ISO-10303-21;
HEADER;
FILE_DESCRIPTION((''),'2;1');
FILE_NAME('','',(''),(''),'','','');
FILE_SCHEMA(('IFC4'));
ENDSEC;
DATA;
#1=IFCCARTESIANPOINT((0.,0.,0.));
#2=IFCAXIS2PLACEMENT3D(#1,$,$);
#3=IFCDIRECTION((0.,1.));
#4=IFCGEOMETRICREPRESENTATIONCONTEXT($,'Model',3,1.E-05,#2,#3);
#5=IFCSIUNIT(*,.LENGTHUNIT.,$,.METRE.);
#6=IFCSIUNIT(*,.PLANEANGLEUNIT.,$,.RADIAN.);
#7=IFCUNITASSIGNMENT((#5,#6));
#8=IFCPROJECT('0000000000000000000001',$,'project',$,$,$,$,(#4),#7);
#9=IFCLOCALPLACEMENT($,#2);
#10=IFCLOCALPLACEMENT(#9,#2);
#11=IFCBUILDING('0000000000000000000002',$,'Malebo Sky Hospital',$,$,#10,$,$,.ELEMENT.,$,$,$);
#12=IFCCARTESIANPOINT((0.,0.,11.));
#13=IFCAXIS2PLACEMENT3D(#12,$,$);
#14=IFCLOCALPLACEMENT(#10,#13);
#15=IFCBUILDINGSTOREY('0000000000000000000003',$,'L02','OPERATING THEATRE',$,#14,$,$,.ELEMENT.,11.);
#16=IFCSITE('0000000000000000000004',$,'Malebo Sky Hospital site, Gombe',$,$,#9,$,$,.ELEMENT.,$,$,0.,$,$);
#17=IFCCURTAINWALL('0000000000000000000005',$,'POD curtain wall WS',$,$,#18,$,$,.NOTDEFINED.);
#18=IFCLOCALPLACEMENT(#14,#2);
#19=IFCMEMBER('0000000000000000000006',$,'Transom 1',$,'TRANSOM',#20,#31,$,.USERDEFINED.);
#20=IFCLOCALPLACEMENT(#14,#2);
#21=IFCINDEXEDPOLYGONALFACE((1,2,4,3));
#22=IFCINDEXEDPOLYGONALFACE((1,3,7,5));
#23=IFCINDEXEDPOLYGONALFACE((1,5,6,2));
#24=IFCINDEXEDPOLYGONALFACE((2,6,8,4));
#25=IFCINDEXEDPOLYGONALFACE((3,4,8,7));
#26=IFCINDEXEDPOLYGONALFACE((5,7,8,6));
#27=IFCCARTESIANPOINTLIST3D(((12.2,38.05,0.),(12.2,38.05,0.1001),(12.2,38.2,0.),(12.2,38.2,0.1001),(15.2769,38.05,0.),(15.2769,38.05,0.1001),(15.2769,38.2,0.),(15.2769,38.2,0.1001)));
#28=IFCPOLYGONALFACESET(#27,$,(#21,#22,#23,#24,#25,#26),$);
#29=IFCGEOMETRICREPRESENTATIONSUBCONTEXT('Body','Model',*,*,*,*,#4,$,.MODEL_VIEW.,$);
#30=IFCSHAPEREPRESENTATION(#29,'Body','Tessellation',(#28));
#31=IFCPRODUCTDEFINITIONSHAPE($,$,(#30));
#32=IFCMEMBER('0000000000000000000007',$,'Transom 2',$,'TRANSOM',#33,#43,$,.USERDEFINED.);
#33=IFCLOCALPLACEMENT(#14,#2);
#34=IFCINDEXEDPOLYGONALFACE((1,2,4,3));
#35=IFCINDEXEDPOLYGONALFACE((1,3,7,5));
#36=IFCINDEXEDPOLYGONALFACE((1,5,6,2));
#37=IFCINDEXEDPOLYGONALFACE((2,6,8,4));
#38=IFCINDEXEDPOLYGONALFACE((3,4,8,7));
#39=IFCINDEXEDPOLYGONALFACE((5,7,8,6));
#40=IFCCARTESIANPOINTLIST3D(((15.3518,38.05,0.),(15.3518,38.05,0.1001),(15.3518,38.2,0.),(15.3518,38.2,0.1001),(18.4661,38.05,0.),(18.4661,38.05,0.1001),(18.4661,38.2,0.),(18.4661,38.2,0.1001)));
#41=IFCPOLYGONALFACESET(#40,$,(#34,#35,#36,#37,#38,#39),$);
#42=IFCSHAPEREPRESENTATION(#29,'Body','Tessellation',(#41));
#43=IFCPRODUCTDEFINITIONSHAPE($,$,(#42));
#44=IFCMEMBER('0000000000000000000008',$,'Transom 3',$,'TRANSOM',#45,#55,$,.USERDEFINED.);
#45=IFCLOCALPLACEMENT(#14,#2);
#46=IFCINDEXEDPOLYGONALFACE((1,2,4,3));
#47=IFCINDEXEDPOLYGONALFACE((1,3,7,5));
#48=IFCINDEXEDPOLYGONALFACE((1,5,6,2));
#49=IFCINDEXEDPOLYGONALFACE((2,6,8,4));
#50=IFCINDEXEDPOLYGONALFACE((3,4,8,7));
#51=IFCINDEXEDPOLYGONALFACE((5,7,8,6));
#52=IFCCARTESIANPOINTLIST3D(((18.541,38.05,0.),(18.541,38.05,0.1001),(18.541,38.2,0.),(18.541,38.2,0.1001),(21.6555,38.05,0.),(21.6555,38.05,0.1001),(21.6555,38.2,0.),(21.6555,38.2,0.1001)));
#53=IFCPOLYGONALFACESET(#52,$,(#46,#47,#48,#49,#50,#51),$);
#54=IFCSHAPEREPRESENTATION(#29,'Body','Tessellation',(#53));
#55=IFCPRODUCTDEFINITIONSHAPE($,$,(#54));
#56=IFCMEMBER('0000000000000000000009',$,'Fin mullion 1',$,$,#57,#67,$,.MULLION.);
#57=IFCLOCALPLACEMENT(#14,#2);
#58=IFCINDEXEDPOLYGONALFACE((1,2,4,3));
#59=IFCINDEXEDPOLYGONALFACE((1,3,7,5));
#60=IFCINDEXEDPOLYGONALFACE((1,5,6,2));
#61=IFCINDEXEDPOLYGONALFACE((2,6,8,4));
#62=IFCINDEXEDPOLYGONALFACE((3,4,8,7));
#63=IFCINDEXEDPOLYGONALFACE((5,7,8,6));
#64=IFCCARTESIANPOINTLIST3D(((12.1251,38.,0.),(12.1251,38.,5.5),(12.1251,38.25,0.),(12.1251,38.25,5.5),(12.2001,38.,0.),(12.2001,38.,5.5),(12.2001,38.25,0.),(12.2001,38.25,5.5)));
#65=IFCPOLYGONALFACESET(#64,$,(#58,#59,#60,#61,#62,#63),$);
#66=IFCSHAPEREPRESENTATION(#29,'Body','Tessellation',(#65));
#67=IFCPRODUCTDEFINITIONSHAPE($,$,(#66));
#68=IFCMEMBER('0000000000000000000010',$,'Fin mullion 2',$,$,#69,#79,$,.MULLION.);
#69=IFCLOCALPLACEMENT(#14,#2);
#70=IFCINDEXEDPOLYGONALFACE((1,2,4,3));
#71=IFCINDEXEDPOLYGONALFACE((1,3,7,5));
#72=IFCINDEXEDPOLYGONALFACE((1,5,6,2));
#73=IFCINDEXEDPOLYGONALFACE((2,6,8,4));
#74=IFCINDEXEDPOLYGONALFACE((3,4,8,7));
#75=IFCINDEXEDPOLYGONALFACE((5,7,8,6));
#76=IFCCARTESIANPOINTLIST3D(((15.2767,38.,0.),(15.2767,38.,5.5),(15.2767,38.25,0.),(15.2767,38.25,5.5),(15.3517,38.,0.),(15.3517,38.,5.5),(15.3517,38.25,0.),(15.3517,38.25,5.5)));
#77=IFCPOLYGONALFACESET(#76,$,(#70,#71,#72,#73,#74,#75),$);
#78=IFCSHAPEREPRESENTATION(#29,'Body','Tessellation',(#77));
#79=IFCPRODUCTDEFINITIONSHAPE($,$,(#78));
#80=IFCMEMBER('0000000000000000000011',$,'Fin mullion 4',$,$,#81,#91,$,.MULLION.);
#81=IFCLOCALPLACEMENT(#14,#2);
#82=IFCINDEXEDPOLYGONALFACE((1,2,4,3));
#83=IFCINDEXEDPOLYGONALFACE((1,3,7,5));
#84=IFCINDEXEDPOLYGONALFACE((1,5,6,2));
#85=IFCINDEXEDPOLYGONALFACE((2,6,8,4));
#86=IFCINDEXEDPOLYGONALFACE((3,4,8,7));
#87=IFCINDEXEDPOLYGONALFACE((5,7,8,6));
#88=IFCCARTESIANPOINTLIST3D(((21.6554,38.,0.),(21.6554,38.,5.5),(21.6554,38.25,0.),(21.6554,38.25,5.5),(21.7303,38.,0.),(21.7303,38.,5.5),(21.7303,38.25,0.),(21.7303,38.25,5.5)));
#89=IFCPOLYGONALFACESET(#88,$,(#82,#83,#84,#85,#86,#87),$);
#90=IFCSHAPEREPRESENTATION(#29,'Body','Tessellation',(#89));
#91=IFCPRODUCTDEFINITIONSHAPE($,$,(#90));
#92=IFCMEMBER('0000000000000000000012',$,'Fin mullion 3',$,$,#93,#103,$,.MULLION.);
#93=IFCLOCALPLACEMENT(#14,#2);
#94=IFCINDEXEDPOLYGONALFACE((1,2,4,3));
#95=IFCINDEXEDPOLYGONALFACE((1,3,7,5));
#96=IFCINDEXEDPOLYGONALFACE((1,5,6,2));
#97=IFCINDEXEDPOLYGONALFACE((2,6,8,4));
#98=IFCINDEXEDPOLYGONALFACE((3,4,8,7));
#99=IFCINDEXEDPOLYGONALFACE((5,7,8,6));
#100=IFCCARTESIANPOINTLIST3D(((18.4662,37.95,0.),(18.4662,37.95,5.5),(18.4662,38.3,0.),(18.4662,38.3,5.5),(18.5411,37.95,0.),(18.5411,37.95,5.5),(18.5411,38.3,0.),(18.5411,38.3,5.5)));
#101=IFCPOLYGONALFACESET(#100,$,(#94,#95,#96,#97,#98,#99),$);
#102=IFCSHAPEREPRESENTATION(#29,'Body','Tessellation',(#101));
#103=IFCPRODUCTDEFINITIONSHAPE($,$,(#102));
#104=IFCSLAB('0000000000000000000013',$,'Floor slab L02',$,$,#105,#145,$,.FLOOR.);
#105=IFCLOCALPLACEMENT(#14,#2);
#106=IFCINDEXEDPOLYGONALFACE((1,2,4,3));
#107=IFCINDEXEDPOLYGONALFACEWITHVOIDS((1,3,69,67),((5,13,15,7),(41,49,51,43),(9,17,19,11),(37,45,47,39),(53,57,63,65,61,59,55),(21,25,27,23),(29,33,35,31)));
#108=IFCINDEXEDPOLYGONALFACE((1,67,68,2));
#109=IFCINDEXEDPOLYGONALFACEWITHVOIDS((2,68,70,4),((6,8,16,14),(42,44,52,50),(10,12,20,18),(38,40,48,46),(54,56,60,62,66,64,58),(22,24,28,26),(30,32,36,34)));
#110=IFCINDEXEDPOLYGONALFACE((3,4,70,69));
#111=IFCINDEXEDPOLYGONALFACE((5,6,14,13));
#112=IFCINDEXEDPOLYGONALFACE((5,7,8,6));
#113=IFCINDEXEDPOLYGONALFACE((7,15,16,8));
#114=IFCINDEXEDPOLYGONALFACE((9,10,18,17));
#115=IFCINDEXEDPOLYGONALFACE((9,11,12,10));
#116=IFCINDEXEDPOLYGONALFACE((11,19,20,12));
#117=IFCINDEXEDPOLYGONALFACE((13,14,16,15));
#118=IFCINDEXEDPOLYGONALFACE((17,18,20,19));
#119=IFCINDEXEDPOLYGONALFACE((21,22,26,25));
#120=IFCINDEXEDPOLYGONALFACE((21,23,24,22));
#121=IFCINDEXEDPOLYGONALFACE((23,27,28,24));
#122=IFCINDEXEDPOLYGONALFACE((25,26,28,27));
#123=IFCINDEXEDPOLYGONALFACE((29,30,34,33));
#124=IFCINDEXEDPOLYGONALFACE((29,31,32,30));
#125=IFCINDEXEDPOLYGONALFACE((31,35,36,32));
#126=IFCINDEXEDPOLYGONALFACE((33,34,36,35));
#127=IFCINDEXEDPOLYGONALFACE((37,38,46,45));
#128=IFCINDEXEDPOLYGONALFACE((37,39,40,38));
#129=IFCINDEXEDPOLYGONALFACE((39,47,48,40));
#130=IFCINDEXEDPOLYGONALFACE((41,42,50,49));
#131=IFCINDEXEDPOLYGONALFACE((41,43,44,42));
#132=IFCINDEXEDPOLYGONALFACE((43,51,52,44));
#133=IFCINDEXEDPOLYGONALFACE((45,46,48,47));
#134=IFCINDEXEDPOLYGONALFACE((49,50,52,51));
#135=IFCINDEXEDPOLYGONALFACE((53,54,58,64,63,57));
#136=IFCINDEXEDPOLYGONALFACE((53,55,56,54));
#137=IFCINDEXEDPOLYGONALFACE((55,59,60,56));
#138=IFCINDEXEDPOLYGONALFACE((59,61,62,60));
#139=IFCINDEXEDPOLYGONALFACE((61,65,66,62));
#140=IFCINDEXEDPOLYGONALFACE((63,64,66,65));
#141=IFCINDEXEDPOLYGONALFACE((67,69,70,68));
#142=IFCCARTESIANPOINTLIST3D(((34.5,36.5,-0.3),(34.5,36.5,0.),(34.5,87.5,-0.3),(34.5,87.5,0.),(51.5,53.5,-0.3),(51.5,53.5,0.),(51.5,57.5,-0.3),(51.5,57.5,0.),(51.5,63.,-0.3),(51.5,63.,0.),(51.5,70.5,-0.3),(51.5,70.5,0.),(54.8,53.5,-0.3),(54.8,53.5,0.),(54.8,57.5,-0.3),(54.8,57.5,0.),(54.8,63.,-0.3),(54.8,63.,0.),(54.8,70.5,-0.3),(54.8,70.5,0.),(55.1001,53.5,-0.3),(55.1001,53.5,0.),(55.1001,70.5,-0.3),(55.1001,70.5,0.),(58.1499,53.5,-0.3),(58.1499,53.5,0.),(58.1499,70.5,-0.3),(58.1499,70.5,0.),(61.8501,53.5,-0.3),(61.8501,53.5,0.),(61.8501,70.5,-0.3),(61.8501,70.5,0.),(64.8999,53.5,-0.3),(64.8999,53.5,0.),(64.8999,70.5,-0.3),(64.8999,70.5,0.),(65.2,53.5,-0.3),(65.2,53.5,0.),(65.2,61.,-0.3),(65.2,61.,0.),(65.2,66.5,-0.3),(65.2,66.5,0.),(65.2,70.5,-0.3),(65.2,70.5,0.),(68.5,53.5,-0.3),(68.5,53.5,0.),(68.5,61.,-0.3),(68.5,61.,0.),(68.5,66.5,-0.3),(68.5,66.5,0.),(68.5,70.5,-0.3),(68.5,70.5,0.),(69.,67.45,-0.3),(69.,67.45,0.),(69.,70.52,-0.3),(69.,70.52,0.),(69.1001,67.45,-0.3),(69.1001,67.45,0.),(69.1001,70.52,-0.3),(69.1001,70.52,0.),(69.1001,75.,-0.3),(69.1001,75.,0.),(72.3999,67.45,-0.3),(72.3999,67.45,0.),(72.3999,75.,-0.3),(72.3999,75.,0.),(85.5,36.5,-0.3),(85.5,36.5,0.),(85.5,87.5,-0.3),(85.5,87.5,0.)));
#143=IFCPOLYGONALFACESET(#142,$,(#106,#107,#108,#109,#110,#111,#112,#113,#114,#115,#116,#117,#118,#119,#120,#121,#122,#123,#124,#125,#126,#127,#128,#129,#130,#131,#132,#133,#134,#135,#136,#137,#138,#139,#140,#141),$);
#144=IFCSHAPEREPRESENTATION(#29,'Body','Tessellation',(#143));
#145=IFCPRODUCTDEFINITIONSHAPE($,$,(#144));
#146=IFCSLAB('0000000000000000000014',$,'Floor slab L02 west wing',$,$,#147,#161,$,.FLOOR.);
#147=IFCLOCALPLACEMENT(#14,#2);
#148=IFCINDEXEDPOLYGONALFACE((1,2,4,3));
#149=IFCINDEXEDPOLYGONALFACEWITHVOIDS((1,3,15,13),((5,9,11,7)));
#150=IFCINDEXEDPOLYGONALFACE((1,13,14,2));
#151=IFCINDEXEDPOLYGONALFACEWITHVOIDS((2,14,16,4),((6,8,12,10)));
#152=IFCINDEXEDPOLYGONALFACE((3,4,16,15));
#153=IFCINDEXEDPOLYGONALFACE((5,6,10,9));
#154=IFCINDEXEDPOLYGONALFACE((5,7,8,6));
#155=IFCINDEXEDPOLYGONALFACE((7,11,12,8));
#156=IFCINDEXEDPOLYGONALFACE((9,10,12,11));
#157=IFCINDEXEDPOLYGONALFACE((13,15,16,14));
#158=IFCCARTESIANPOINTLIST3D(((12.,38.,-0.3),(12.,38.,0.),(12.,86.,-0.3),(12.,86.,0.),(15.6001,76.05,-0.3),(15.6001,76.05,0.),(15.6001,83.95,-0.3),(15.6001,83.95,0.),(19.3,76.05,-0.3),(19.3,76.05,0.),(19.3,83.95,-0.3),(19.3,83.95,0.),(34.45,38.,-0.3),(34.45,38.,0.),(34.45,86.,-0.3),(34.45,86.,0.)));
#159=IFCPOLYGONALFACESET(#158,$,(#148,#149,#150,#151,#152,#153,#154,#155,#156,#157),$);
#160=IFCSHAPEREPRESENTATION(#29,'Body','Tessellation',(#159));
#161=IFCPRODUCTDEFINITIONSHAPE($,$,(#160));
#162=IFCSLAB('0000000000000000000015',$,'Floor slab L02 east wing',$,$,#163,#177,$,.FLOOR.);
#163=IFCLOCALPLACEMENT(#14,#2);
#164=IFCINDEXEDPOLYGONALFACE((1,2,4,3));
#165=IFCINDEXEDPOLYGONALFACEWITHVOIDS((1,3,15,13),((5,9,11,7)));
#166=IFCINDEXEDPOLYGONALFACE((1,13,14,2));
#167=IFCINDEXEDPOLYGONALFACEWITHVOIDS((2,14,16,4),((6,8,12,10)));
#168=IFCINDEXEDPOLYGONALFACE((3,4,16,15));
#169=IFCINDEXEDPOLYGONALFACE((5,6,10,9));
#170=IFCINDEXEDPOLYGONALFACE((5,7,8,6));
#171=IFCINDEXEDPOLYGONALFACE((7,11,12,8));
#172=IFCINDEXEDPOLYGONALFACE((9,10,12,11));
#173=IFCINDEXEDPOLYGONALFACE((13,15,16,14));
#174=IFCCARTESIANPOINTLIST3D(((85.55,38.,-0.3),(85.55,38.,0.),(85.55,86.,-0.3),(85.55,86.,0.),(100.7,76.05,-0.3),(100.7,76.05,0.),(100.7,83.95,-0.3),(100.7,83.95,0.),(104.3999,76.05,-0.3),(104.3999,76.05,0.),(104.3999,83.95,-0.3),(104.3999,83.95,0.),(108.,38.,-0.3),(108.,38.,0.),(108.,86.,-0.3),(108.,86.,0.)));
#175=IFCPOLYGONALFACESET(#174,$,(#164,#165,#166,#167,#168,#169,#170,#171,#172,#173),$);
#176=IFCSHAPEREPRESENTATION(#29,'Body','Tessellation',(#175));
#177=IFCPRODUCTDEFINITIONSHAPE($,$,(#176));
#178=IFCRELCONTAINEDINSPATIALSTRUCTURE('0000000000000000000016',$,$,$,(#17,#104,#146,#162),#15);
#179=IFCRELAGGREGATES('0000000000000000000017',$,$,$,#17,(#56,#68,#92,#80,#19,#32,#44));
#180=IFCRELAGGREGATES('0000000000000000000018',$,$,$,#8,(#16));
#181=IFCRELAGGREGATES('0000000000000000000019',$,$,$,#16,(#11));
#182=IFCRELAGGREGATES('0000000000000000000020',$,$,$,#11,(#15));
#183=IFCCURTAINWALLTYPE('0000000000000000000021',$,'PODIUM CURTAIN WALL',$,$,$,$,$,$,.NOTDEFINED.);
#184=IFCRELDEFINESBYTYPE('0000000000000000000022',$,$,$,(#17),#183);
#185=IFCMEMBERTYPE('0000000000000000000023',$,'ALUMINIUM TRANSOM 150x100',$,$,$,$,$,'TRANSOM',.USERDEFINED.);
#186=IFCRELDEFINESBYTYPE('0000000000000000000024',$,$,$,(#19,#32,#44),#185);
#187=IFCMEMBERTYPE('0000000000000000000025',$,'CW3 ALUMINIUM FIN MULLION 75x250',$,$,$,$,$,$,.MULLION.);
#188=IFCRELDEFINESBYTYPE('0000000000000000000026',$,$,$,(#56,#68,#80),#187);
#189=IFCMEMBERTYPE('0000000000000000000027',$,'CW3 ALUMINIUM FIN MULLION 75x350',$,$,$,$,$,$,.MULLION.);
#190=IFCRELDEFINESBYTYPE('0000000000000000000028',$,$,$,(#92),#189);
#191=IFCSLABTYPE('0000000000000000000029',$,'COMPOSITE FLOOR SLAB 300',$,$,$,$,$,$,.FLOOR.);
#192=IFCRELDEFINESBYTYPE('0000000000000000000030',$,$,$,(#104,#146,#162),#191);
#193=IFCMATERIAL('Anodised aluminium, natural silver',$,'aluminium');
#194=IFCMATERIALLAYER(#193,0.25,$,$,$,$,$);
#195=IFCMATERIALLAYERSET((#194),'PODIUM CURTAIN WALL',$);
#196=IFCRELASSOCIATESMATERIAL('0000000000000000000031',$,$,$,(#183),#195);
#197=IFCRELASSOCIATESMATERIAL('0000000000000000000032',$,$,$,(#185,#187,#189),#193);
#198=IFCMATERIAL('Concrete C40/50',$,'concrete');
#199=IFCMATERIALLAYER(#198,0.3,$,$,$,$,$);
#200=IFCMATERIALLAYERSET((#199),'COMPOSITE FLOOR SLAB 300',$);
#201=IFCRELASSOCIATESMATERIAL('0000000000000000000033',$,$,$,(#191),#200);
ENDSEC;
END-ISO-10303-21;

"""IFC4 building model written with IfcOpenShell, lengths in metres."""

from ifc_helpers import new_model, si_unit, direction, frame, origin, origin_2d, place, context, subcontext, project, spatial, polyline, rectangle, outline, extrude, material, layer, layer_set, material_profile, profile_set, type_object, element, aggregate, save


model = new_model("IFC4")

# Units and contexts
model_context = context("Model", 3, precision=1e-05, world=origin(), true_north=direction((0.0, 1.0)))
body_context = subcontext(model_context, "Body", "Model", "MODEL_VIEW")
ifc_project = project(units=[si_unit("LENGTHUNIT", "METRE"), si_unit("PLANEANGLEUNIT", "RADIAN")], contexts=[model_context])

# Site, building, storey
site_placement = place(None, origin())
site = spatial("IfcSite", under=ifc_project, at=site_placement, Name="Malebo Sky Hospital site, Gombe", CompositionType="ELEMENT", RefElevation=0.0)
building_placement = place(site_placement, origin())
building = spatial("IfcBuilding", under=site, at=building_placement, Name="Malebo Sky Hospital", CompositionType="ELEMENT")
storey_placement = place(building_placement, frame((0.0, 0.0, 11.0)))
storey = spatial("IfcBuildingStorey", under=building, at=storey_placement, Name="L02", Description="OPERATING THEATRE", CompositionType="ELEMENT", Elevation=11.0)

# Curtain wall, members
ifc_material_1 = material(Name="Anodised aluminium, natural silver", Category="aluminium")
ifc_layer_1 = layer(ifc_material_1, 0.25)
ifc_layer_set_1 = layer_set([ifc_layer_1], Name="PODIUM CURTAIN WALL")
curtain_wall_type = type_object("IfcCurtainWallType", Name="PODIUM CURTAIN WALL", PredefinedType="NOTDEFINED", material=ifc_layer_set_1)
curtain_wall_placement = place(storey_placement, origin())
curtain_wall = element("IfcCurtainWall", 1, at=curtain_wall_placement, inside=storey, type_object=curtain_wall_type, Name="POD curtain wall WS", PredefinedType="NOTDEFINED")
ifc_material_profile_1 = material_profile(ifc_material_1, rectangle(XDim=0.1499, YDim=0.1001, at=origin_2d()), Name="ALUMINIUM TRANSOM 150x100")
ifc_profile_set_1 = profile_set([ifc_material_profile_1], Name="Anodised aluminium, natural silver")
member_type_1 = type_object("IfcMemberType", Name="ALUMINIUM TRANSOM 150x100", ElementType="TRANSOM", PredefinedType="USERDEFINED", material=ifc_profile_set_1)
member_1_placement = place(storey_placement, frame((12.2, 38.125, 0.05), z_axis=(1.0, 0.0, 0.0), x_axis=(0.0, 1.0, 0.0)))
member_1 = element("IfcMember", 2, at=member_1_placement, type_object=member_type_1, Name="Transom 1", ObjectType="TRANSOM", PredefinedType="USERDEFINED", context=body_context, shape_type="SweptSolid", body=[
    extrude(rectangle(XDim=0.1499, YDim=0.1001, at=origin_2d()), origin(), (0.0, 0.0, 1.0), 3.0769),
])
member_2_placement = place(storey_placement, frame((15.3518, 38.125, 0.05), z_axis=(1.0, 0.0, 0.0), x_axis=(0.0, 1.0, 0.0)))
member_2 = element("IfcMember", 3, at=member_2_placement, type_object=member_type_1, Name="Transom 2", ObjectType="TRANSOM", PredefinedType="USERDEFINED", context=body_context, shape_type="SweptSolid", body=[
    extrude(rectangle(XDim=0.1499, YDim=0.1001, at=origin_2d()), origin(), (0.0, 0.0, 1.0), 3.1143),
])
member_3_placement = place(storey_placement, frame((18.541, 38.125, 0.05), z_axis=(1.0, 0.0, 0.0), x_axis=(0.0, 1.0, 0.0)))
member_3 = element("IfcMember", 4, at=member_3_placement, type_object=member_type_1, Name="Transom 3", ObjectType="TRANSOM", PredefinedType="USERDEFINED", context=body_context, shape_type="SweptSolid", body=[
    extrude(rectangle(XDim=0.1499, YDim=0.1001, at=origin_2d()), origin(), (0.0, 0.0, 1.0), 3.1145),
])
ifc_material_profile_2 = material_profile(ifc_material_1, rectangle(XDim=0.075, YDim=0.25, at=origin_2d()), Name="CW3 ALUMINIUM FIN MULLION 75x250")
ifc_profile_set_2 = profile_set([ifc_material_profile_2], Name="Anodised aluminium, natural silver")
member_type_2 = type_object("IfcMemberType", Name="CW3 ALUMINIUM FIN MULLION 75x250", PredefinedType="MULLION", material=ifc_profile_set_2)
member_4_placement = place(storey_placement, frame((12.1626, 38.125, 0.0), z_axis=(0.0, 0.0, 1.0), x_axis=(1.0, 0.0, 0.0)))
member_4 = element("IfcMember", 5, at=member_4_placement, type_object=member_type_2, Name="Fin mullion 1", PredefinedType="MULLION", context=body_context, shape_type="SweptSolid", body=[
    extrude(rectangle(XDim=0.075, YDim=0.25, at=origin_2d()), origin(), (0.0, 0.0, 1.0), 5.5),
])
member_5_placement = place(storey_placement, frame((15.3142, 38.125, 0.0), z_axis=(0.0, 0.0, 1.0), x_axis=(1.0, 0.0, 0.0)))
member_5 = element("IfcMember", 6, at=member_5_placement, type_object=member_type_2, Name="Fin mullion 2", PredefinedType="MULLION", context=body_context, shape_type="SweptSolid", body=[
    extrude(rectangle(XDim=0.075, YDim=0.25, at=origin_2d()), origin(), (0.0, 0.0, 1.0), 5.5),
])
member_6_placement = place(storey_placement, frame((21.6929, 38.125, 0.0), z_axis=(0.0, 0.0, 1.0), x_axis=(1.0, 0.0, 0.0)))
member_6 = element("IfcMember", 7, at=member_6_placement, type_object=member_type_2, Name="Fin mullion 4", PredefinedType="MULLION", context=body_context, shape_type="SweptSolid", body=[
    extrude(rectangle(XDim=0.075, YDim=0.25, at=origin_2d()), origin(), (0.0, 0.0, 1.0), 5.5),
])
ifc_material_profile_3 = material_profile(ifc_material_1, rectangle(XDim=0.075, YDim=0.3501, at=origin_2d()), Name="CW3 ALUMINIUM FIN MULLION 75x350")
ifc_profile_set_3 = profile_set([ifc_material_profile_3], Name="Anodised aluminium, natural silver")
member_type_3 = type_object("IfcMemberType", Name="CW3 ALUMINIUM FIN MULLION 75x350", PredefinedType="MULLION", material=ifc_profile_set_3)
member_7_placement = place(storey_placement, frame((18.5037, 38.125, 0.0), z_axis=(0.0, 0.0, 1.0), x_axis=(1.0, 0.0, 0.0)))
member_7 = element("IfcMember", 8, at=member_7_placement, type_object=member_type_3, Name="Fin mullion 3", PredefinedType="MULLION", context=body_context, shape_type="SweptSolid", body=[
    extrude(rectangle(XDim=0.075, YDim=0.3501, at=origin_2d()), origin(), (0.0, 0.0, 1.0), 5.5),
])

# Slabs
ifc_material_2 = material(Name="Concrete C40/50", Category="concrete")
ifc_layer_2 = layer(ifc_material_2, 0.3)
ifc_layer_set_2 = layer_set([ifc_layer_2], Name="COMPOSITE FLOOR SLAB 300")
slab_type_1 = type_object("IfcSlabType", Name="COMPOSITE FLOOR SLAB 300", PredefinedType="FLOOR", material=ifc_layer_set_2)
slab_1_placement = place(storey_placement, frame((0.0, 0.0, -0.3)))
element("IfcSlab", 9, at=slab_1_placement, inside=storey, type_object=slab_type_1, Name="Floor slab L02", PredefinedType="FLOOR", context=body_context, shape_type="SweptSolid", body=[
    extrude(outline(polyline([(34.5, 87.5), (34.5, 36.5), (85.5, 36.5), (85.5, 87.5), (34.5, 87.5)]), holes=[polyline([(55.1001, 70.5), (58.1499, 70.5), (58.1499, 53.5), (55.1001, 53.5), (55.1001, 70.5)]), polyline([(64.8999, 70.5), (64.8999, 53.5), (61.8501, 53.5), (61.8501, 70.5), (64.8999, 70.5)]), polyline([(54.8, 63.0), (51.5, 63.0), (51.5, 70.5), (54.8, 70.5), (54.8, 63.0)]), polyline([(51.5, 53.5), (51.5, 57.5), (54.8, 57.5), (54.8, 53.5), (51.5, 53.5)]), polyline([(65.2, 61.0), (68.5, 61.0), (68.5, 53.5), (65.2, 53.5), (65.2, 61.0)]), polyline([(68.5, 70.5), (68.5, 66.5), (65.2, 66.5), (65.2, 70.5), (68.5, 70.5)]), polyline([(69.0, 67.45), (69.0, 70.52), (69.1001, 70.52), (69.1001, 75.0), (72.3999, 75.0), (72.3999, 67.45), (69.1001, 67.45), (69.0, 67.45)])]), origin(), (0.0, 0.0, 1.0), 0.3),
])
slab_2_placement = place(storey_placement, frame((0.0, 0.0, -0.3)))
element("IfcSlab", 10, at=slab_2_placement, inside=storey, type_object=slab_type_1, Name="Floor slab L02 west wing", PredefinedType="FLOOR", context=body_context, shape_type="SweptSolid", body=[
    extrude(outline(polyline([(34.45, 38.0), (34.45, 86.0), (12.0, 86.0), (12.0, 38.0), (34.45, 38.0)]), holes=[polyline([(19.3, 76.05), (15.6001, 76.05), (15.6001, 83.95), (19.3, 83.95), (19.3, 76.05)])]), origin(), (0.0, 0.0, 1.0), 0.3),
])
slab_3_placement = place(storey_placement, frame((0.0, 0.0, -0.3)))
element("IfcSlab", 11, at=slab_3_placement, inside=storey, type_object=slab_type_1, Name="Floor slab L02 east wing", PredefinedType="FLOOR", context=body_context, shape_type="SweptSolid", body=[
    extrude(outline(polyline([(108.0, 38.0), (108.0, 86.0), (85.55, 86.0), (85.55, 38.0), (108.0, 38.0)]), holes=[polyline([(104.3999, 76.05), (100.7, 76.05), (100.7, 83.95), (104.3999, 83.95), (104.3999, 76.05)])]), origin(), (0.0, 0.0, 1.0), 0.3),
])

aggregate(curtain_wall, [member_4, member_5, member_7, member_6, member_1, member_2, member_3])

save(model, "model.ifc")
